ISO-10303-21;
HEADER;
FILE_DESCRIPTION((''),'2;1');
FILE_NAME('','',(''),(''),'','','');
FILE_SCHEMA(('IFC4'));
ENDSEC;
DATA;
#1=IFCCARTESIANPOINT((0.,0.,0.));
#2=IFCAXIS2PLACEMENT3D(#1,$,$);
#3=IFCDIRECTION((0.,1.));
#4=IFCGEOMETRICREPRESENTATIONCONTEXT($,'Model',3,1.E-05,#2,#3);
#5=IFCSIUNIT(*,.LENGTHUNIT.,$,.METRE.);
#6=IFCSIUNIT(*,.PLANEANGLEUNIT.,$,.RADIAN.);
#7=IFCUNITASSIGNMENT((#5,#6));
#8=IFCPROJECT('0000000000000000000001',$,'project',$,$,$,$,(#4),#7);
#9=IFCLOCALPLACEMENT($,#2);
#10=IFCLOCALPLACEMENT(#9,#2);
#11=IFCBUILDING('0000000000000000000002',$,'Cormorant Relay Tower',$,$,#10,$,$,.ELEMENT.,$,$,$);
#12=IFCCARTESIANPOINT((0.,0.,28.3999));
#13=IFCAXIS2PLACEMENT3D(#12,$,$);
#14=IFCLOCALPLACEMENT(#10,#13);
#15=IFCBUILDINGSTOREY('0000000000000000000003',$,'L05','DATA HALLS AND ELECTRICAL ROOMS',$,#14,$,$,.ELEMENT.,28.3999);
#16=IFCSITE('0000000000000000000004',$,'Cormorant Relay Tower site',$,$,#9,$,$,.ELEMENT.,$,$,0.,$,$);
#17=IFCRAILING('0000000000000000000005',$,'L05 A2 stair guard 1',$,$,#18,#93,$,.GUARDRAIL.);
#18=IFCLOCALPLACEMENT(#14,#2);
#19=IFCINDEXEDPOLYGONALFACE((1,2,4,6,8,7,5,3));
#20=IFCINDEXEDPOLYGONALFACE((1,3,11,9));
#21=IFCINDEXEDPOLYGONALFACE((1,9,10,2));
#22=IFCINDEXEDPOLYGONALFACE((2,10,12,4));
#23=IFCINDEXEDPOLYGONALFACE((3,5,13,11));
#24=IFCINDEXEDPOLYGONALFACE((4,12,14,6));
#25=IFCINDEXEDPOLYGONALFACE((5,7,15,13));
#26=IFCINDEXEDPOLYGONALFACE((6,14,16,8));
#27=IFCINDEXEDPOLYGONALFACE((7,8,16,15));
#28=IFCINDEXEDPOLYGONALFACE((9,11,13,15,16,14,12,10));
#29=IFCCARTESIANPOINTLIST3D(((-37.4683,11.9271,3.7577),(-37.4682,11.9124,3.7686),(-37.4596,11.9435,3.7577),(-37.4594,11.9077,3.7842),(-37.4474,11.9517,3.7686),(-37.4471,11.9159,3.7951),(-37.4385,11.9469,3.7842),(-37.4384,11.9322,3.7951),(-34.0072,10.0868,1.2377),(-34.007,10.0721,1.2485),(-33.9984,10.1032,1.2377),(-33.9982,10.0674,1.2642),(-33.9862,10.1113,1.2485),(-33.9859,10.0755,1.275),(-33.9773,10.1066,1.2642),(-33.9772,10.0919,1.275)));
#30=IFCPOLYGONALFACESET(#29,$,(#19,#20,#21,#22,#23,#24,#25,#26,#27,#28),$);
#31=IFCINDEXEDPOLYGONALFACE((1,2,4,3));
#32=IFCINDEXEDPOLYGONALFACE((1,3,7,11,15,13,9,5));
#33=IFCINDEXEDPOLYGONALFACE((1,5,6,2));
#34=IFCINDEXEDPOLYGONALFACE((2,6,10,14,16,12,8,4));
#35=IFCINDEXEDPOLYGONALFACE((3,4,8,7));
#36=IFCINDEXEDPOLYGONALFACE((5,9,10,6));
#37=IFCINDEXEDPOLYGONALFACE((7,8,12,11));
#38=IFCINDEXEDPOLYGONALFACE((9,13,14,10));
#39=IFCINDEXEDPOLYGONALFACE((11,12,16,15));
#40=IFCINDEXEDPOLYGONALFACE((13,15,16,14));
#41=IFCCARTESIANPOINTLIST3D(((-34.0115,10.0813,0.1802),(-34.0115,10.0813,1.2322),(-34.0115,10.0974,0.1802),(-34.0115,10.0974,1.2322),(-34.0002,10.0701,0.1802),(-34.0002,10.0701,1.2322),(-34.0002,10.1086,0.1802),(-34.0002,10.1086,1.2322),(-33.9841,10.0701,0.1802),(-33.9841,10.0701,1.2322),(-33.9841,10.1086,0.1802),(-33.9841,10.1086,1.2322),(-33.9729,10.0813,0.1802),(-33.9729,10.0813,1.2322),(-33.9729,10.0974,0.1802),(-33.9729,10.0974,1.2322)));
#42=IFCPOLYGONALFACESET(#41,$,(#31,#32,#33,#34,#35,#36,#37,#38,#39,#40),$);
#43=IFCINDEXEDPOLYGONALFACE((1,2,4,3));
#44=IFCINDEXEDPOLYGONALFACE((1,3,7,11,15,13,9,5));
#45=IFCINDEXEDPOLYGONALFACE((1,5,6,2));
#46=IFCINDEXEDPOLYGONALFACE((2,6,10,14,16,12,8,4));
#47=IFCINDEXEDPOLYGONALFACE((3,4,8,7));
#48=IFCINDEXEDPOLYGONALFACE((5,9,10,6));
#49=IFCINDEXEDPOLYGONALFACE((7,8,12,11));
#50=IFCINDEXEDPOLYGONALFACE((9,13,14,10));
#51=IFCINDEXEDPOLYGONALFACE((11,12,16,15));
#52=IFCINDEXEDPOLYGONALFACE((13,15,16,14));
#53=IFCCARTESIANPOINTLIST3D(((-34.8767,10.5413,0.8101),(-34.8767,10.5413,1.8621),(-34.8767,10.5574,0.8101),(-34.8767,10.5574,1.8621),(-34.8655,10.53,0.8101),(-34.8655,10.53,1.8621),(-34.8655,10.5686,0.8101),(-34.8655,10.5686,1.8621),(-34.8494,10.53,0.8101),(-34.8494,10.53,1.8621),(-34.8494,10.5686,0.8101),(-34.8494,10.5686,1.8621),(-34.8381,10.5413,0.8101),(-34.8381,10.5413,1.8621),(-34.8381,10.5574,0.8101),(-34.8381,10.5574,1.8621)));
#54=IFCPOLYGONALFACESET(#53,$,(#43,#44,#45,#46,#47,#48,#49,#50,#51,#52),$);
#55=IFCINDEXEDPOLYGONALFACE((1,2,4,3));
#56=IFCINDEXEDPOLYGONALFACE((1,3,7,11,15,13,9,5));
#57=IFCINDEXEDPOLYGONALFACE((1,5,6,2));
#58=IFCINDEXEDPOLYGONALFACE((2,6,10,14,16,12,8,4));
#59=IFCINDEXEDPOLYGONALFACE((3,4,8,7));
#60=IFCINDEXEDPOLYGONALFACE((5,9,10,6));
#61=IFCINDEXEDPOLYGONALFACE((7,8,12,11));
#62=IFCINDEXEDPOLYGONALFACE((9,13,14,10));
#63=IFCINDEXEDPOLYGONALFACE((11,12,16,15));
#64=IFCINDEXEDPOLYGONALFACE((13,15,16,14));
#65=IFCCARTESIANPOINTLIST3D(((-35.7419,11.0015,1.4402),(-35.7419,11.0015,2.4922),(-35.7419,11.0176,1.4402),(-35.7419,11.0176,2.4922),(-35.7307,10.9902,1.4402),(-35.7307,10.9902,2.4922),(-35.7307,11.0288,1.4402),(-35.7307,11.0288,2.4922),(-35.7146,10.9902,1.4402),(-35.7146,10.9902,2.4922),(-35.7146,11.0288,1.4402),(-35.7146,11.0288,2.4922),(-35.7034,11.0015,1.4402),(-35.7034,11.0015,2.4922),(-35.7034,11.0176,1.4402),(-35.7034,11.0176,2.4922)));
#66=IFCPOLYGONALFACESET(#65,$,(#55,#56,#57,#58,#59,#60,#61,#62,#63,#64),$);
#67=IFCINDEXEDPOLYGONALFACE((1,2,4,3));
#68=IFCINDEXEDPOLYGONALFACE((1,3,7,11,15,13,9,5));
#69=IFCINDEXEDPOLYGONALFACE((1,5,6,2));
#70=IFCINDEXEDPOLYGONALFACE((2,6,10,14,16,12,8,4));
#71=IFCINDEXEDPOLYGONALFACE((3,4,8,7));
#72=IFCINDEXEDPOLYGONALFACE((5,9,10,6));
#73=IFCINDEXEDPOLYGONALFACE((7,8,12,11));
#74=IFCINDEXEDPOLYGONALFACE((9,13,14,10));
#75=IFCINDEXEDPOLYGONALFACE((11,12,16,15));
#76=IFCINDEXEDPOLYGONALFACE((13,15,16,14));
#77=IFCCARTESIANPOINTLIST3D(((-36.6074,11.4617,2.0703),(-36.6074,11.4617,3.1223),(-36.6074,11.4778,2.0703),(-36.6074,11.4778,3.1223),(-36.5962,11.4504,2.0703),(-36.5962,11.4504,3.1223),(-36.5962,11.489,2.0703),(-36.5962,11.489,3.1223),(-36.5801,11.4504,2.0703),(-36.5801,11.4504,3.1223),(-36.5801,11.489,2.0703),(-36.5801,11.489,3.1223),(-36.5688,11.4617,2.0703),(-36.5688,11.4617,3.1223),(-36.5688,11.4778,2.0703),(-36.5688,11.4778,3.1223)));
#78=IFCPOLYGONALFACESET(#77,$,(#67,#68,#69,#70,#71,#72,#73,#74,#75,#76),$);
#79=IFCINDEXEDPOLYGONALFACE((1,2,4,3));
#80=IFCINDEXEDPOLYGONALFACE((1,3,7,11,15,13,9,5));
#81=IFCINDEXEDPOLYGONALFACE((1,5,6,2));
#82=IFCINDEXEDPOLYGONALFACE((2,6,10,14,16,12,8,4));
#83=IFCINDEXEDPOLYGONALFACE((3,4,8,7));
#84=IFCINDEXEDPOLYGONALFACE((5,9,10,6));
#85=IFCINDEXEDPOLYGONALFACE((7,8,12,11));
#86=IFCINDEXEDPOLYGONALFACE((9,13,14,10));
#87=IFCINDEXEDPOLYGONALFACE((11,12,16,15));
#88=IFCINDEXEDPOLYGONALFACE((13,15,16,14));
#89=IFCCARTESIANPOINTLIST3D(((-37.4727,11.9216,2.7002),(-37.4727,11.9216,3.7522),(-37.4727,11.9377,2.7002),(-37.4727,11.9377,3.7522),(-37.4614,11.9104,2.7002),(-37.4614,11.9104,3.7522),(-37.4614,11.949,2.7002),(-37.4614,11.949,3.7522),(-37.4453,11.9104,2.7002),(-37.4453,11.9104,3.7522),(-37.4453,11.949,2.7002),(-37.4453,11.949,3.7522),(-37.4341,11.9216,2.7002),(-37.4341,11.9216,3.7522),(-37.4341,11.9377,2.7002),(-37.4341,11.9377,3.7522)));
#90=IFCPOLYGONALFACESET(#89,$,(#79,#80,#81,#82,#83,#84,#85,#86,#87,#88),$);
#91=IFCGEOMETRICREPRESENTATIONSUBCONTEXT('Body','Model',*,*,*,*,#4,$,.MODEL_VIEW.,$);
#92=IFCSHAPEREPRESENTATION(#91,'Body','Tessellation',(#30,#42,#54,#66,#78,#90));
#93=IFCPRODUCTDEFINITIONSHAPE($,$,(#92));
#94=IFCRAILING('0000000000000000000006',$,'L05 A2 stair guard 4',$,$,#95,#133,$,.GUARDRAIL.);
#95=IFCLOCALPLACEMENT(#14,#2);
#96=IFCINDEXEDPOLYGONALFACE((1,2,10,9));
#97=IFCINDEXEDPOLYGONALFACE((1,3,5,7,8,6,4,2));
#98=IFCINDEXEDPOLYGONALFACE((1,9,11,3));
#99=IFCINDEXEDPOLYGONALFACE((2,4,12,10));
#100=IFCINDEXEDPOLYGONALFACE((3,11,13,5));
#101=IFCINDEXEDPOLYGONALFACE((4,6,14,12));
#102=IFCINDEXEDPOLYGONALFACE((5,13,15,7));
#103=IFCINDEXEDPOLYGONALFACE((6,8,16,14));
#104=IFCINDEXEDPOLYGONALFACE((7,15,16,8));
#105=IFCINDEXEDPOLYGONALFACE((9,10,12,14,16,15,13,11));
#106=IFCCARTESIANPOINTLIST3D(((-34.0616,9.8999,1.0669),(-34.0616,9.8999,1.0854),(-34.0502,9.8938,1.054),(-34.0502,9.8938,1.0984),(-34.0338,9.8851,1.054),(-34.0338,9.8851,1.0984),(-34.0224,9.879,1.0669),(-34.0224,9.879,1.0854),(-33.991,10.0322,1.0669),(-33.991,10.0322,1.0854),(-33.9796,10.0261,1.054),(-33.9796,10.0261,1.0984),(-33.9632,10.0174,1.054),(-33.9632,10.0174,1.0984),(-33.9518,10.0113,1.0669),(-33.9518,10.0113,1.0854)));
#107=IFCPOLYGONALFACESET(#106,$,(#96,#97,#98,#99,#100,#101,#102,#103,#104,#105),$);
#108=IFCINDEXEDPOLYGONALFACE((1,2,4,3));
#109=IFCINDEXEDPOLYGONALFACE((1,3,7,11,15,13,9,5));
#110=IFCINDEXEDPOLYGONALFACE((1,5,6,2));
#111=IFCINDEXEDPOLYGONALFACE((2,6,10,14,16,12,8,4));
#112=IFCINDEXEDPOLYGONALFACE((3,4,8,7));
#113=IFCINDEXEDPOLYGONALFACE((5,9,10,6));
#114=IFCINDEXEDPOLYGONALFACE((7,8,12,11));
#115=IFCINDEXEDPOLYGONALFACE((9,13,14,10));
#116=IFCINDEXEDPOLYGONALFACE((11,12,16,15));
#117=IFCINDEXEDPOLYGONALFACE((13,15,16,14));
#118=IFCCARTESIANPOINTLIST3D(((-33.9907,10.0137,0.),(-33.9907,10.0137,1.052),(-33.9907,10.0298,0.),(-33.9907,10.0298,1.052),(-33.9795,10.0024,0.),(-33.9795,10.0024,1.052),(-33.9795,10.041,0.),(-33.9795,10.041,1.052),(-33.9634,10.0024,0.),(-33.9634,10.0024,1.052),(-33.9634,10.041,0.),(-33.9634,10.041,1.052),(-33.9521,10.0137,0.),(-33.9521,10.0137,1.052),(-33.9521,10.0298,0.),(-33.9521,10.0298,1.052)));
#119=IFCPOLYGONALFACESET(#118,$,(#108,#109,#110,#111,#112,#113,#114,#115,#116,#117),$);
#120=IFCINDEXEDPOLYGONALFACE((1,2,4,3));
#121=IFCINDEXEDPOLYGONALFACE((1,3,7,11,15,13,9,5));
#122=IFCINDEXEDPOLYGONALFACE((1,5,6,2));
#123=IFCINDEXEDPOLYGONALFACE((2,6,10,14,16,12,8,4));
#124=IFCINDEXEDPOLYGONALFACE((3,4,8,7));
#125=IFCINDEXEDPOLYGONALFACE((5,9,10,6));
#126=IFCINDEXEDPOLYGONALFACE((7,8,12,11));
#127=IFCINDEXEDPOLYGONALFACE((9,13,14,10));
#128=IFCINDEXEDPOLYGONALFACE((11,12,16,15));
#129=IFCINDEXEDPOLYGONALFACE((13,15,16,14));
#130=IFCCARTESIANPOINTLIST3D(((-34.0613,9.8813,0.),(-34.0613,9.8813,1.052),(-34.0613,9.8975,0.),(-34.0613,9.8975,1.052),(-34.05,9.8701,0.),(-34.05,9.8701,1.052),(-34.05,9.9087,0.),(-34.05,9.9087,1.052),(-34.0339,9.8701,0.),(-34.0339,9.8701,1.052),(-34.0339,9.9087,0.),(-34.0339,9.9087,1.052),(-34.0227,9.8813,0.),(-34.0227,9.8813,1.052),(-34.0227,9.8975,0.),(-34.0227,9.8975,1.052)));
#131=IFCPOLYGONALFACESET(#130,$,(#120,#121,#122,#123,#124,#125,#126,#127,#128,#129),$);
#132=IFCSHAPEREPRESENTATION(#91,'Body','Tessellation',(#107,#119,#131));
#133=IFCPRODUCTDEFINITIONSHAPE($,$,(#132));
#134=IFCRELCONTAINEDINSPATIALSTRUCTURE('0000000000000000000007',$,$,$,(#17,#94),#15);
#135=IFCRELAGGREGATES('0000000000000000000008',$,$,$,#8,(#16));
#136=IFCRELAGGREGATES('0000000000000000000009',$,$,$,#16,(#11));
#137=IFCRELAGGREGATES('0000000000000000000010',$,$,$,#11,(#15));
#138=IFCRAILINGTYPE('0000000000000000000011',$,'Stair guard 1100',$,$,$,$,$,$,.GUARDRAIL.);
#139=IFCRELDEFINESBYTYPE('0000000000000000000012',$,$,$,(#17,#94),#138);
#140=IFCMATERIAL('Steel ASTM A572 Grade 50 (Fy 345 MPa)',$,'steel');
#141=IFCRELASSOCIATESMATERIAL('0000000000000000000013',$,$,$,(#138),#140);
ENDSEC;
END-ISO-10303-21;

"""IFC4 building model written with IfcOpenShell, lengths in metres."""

from ifc_helpers import new_model, si_unit, direction, frame, origin, place, context, subcontext, project, spatial, polyline, outline, extrude, material, type_object, element, save


model = new_model("IFC4")

# Units and contexts
model_context = context("Model", 3, precision=1e-05, world=origin(), true_north=direction((0.0, 1.0)))
body_context = subcontext(model_context, "Body", "Model", "MODEL_VIEW")
ifc_project = project(units=[si_unit("LENGTHUNIT", "METRE"), si_unit("PLANEANGLEUNIT", "RADIAN")], contexts=[model_context])

# Site, building, storey
site_placement = place(None, origin())
site = spatial("IfcSite", under=ifc_project, at=site_placement, Name="Cormorant Relay Tower site", CompositionType="ELEMENT", RefElevation=0.0)
building_placement = place(site_placement, origin())
building = spatial("IfcBuilding", under=site, at=building_placement, Name="Cormorant Relay Tower", CompositionType="ELEMENT")
storey_placement = place(building_placement, frame((0.0, 0.0, 28.3999)))
storey = spatial("IfcBuildingStorey", under=building, at=storey_placement, Name="L05", Description="DATA HALLS AND ELECTRICAL ROOMS", CompositionType="ELEMENT", Elevation=28.3999)

# Railings
ifc_material_1 = material(Name="Steel ASTM A572 Grade 50 (Fy 345 MPa)", Category="steel")
railing_type_1 = type_object("IfcRailingType", Name="Stair guard 1100", PredefinedType="GUARDRAIL", material=ifc_material_1)
railing_1_placement = place(storey_placement, frame((-33.9922, 10.0894, 0.1802)))
element("IfcRailing", 1, at=railing_1_placement, inside=storey, type_object=railing_type_1, Name="L05 A2 stair guard 1", PredefinedType="GUARDRAIL", context=body_context, shape_type="SweptSolid", body=[
    extrude(outline(polyline([(0.0222, 0.0093), (0.0093, 0.0222), (-0.0093, 0.0222), (-0.0222, 0.0093), (-0.0222, -0.0093), (-0.0093, -0.0222), (0.0093, -0.0222), (0.0222, -0.0093), (0.0222, 0.0093)])), frame((0.0, 0.0, 1.0762), z_axis=(-0.742717, 0.394907, 0.540758), x_axis=(-0.469469, -0.882949, 0.0)), (0.0, 0.0, 1.0), 4.6602),
    extrude(outline(polyline([(0.0193, 0.0081), (0.0081, 0.0193), (-0.0081, 0.0193), (-0.0193, 0.0081), (-0.0193, -0.0081), (-0.0081, -0.0193), (0.0081, -0.0193), (0.0193, -0.0081), (0.0193, 0.0081)])), origin(), (0.0, 0.0, 1.0), 1.052),
    extrude(outline(polyline([(0.0193, 0.0081), (0.0081, 0.0193), (-0.0081, 0.0193), (-0.0193, 0.0081), (-0.0193, -0.0081), (-0.0081, -0.0193), (0.0081, -0.0193), (0.0193, -0.0081), (0.0193, 0.0081)])), frame((-0.8652, 0.46, 0.6299)), (0.0, 0.0, 1.0), 1.052),
    extrude(outline(polyline([(0.0193, 0.0081), (0.0081, 0.0193), (-0.0081, 0.0193), (-0.0193, 0.0081), (-0.0193, -0.0081), (-0.0081, -0.0193), (0.0081, -0.0193), (0.0193, -0.0081), (0.0193, 0.0081)])), frame((-1.7305, 0.9202, 1.26)), (0.0, 0.0, 1.0), 1.052),
    extrude(outline(polyline([(0.0193, 0.0081), (0.0081, 0.0193), (-0.0081, 0.0193), (-0.0193, 0.0081), (-0.0193, -0.0081), (-0.0081, -0.0193), (0.0081, -0.0193), (0.0193, -0.0081), (0.0193, 0.0081)])), frame((-2.5959, 1.3804, 1.8901)), (0.0, 0.0, 1.0), 1.052),
    extrude(outline(polyline([(0.0193, 0.0081), (0.0081, 0.0193), (-0.0081, 0.0193), (-0.0193, 0.0081), (-0.0193, -0.0081), (-0.0081, -0.0193), (0.0081, -0.0193), (0.0193, -0.0081), (0.0193, 0.0081)])), frame((-3.4612, 1.8403, 2.52)), (0.0, 0.0, 1.0), 1.052),
])
railing_2_placement = place(storey_placement, frame((-33.9714, 10.0217, 0.0)))
element("IfcRailing", 2, at=railing_2_placement, inside=storey, type_object=railing_type_1, Name="L05 A2 stair guard 4", PredefinedType="GUARDRAIL", context=body_context, shape_type="SweptSolid", body=[
    extrude(outline(polyline([(0.0222, 0.0093), (0.0093, 0.0222), (-0.0093, 0.0222), (-0.0222, 0.0093), (-0.0222, -0.0093), (-0.0093, -0.0222), (0.0093, -0.0222), (0.0222, -0.0093), (0.0222, 0.0093)])), frame((0.0, 0.0, 1.0762), z_axis=(-0.470504, -0.882398, 0.0), x_axis=(0.882398, -0.470504, 0.0)), (0.0, 0.0, 1.0), 0.1499),
    extrude(outline(polyline([(0.0193, 0.0081), (0.0081, 0.0193), (-0.0081, 0.0193), (-0.0193, 0.0081), (-0.0193, -0.0081), (-0.0081, -0.0193), (0.0081, -0.0193), (0.0193, -0.0081), (0.0193, 0.0081)])), origin(), (0.0, 0.0, 1.0), 1.052),
    extrude(outline(polyline([(0.0193, 0.0081), (0.0081, 0.0193), (-0.0081, 0.0193), (-0.0193, 0.0081), (-0.0193, -0.0081), (-0.0081, -0.0193), (0.0081, -0.0193), (0.0193, -0.0081), (0.0193, 0.0081)])), frame((-0.0706, -0.1323, 0.0)), (0.0, 0.0, 1.0), 1.052),
])

save(model, "model.ifc")
